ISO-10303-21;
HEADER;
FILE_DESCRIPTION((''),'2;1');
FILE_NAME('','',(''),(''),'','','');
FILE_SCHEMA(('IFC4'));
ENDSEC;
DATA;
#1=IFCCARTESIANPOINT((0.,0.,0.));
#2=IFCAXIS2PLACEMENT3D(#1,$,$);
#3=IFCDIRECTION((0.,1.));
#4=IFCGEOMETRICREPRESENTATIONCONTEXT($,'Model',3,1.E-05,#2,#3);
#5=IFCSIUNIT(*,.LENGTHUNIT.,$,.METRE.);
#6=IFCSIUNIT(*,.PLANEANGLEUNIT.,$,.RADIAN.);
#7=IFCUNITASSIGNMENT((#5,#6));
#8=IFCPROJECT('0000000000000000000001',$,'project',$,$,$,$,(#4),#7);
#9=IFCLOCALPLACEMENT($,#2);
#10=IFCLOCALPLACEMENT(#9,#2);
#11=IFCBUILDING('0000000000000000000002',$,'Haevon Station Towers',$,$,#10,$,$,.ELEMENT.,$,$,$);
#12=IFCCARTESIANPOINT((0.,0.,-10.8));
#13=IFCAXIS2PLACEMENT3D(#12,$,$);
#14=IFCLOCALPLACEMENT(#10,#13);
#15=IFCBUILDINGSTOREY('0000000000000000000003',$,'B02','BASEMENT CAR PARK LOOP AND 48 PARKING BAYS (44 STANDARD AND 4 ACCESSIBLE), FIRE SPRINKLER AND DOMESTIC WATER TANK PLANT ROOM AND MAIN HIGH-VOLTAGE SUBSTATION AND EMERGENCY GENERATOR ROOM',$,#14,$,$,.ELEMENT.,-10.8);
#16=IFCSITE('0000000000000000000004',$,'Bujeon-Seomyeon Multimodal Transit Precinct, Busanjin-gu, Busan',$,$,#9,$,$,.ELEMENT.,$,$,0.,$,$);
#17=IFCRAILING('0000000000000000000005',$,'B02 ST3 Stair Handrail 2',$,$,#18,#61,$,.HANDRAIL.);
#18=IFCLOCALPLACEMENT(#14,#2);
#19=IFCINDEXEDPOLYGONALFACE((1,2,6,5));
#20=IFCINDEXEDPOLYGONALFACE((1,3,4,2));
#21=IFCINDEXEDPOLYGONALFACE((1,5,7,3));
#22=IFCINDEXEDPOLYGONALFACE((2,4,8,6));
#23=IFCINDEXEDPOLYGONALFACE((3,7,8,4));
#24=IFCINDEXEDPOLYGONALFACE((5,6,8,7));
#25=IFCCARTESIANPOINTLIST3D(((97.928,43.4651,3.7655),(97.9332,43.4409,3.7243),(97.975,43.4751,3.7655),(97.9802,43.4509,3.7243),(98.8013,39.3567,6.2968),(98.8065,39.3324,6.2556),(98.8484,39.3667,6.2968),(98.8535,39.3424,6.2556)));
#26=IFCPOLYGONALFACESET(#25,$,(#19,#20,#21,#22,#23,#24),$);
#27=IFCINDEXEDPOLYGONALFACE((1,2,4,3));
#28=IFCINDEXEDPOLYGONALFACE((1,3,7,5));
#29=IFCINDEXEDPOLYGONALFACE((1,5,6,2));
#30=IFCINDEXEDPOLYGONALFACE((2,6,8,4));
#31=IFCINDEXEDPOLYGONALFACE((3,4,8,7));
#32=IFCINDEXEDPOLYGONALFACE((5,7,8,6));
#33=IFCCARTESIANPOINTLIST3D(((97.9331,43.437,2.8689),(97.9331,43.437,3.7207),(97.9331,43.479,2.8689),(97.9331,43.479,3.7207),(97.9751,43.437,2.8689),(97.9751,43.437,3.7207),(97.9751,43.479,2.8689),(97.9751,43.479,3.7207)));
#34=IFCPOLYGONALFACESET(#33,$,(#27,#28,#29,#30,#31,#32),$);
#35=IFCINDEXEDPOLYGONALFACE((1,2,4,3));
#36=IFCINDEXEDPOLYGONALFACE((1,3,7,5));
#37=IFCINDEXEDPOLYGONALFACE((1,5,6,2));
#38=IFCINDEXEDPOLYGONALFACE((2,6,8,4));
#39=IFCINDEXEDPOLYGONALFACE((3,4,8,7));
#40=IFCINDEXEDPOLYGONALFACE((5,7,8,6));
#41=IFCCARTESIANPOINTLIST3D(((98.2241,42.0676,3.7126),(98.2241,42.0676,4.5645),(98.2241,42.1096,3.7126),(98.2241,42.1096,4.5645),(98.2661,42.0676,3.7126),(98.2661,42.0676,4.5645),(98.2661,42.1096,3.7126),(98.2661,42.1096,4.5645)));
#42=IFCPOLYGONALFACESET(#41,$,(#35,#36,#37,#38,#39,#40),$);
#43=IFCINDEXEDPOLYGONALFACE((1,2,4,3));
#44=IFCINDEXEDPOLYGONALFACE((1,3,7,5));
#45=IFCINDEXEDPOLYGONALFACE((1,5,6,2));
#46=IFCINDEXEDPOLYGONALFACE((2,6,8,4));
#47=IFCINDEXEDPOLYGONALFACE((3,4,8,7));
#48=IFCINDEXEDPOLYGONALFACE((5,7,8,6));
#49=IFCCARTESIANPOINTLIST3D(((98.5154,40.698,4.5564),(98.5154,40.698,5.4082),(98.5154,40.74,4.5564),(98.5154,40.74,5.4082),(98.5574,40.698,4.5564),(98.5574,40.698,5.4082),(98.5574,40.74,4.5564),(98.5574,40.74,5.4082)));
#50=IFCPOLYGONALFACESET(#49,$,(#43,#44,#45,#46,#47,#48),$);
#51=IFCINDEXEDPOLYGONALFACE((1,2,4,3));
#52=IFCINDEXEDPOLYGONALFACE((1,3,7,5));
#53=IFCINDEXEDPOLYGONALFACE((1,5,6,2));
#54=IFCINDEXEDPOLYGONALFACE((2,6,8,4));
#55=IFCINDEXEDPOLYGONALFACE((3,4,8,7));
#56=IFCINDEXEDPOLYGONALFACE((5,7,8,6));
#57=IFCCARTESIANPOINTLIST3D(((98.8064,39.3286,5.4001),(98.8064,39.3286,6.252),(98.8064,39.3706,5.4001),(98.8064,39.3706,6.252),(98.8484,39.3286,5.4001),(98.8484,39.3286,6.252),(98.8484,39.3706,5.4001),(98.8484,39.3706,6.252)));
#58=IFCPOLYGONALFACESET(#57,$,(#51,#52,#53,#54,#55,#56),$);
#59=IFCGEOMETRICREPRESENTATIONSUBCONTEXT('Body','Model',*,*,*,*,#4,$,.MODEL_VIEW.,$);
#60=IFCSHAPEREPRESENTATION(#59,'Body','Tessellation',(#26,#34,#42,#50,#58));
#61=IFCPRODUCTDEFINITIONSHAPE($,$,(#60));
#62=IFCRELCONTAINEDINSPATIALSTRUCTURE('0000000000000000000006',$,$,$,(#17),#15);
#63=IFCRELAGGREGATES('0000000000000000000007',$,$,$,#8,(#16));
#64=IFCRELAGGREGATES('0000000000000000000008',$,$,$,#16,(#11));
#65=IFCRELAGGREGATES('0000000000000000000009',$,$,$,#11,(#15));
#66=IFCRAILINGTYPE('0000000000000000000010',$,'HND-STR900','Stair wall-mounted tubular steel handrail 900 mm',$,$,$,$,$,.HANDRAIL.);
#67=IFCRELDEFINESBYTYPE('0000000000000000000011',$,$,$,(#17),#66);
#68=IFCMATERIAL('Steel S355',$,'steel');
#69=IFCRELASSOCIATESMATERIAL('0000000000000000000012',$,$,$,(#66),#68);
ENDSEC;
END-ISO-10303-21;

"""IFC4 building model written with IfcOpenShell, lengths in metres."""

from ifc_helpers import new_model, si_unit, direction, frame, origin, origin_2d, place, context, subcontext, project, spatial, rectangle, extrude, material, type_object, element, save


model = new_model("IFC4")

# Units and contexts
model_context = context("Model", 3, precision=1e-05, world=origin(), true_north=direction((0.0, 1.0)))
body_context = subcontext(model_context, "Body", "Model", "MODEL_VIEW")
ifc_project = project(units=[si_unit("LENGTHUNIT", "METRE"), si_unit("PLANEANGLEUNIT", "RADIAN")], contexts=[model_context])

# Site, building, storey
site_placement = place(None, origin())
site = spatial("IfcSite", under=ifc_project, at=site_placement, Name="Bujeon-Seomyeon Multimodal Transit Precinct, Busanjin-gu, Busan", CompositionType="ELEMENT", RefElevation=0.0)
building_placement = place(site_placement, origin())
building = spatial("IfcBuilding", under=site, at=building_placement, Name="Haevon Station Towers", CompositionType="ELEMENT")
storey_placement = place(building_placement, frame((0.0, 0.0, -10.8)))
storey = spatial("IfcBuildingStorey", under=building, at=storey_placement, Name="B02", Description="BASEMENT CAR PARK LOOP AND 48 PARKING BAYS (44 STANDARD AND 4 ACCESSIBLE), FIRE SPRINKLER AND DOMESTIC WATER TANK PLANT ROOM AND MAIN HIGH-VOLTAGE SUBSTATION AND EMERGENCY GENERATOR ROOM", CompositionType="ELEMENT", Elevation=-10.8)

# Shared definitions
ifc_material_1 = material(Name="Steel S355", Category="steel")

# Railing
railing_type_1 = type_object("IfcRailingType", Name="HND-STR900", Description="Stair wall-mounted tubular steel handrail 900 mm", PredefinedType="HANDRAIL", material=ifc_material_1)
railing_1_placement = place(storey_placement, frame((97.9541, 43.458, 2.8689)))
element("IfcRailing", 1, at=railing_1_placement, inside=storey, type_object=railing_type_1, Name="B02 ST3 Stair Handrail 2", PredefinedType="HANDRAIL", context=body_context, shape_type="SweptSolid", body=[
    extrude(rectangle(XDim=0.0481, YDim=0.0481, at=origin_2d()), frame((0.0, 0.0, 0.876), z_axis=(0.178079, -0.837772, 0.516165), x_axis=(0.978146, 0.207917, 0.0)), (0.0, 0.0, 1.0), 4.9041),
    extrude(rectangle(XDim=0.042, YDim=0.042, at=origin_2d()), origin(), (0.0, 0.0, 1.0), 0.8518),
    extrude(rectangle(XDim=0.042, YDim=0.042, at=origin_2d()), frame((0.291, -1.3694, 0.8438)), (0.0, 0.0, 1.0), 0.8518),
    extrude(rectangle(XDim=0.042, YDim=0.042, at=origin_2d()), frame((0.5823, -2.739, 1.6875)), (0.0, 0.0, 1.0), 0.8518),
    extrude(rectangle(XDim=0.042, YDim=0.042, at=origin_2d()), frame((0.8733, -4.1084, 2.5312)), (0.0, 0.0, 1.0), 0.8518),
])

save(model, "model.ifc")
